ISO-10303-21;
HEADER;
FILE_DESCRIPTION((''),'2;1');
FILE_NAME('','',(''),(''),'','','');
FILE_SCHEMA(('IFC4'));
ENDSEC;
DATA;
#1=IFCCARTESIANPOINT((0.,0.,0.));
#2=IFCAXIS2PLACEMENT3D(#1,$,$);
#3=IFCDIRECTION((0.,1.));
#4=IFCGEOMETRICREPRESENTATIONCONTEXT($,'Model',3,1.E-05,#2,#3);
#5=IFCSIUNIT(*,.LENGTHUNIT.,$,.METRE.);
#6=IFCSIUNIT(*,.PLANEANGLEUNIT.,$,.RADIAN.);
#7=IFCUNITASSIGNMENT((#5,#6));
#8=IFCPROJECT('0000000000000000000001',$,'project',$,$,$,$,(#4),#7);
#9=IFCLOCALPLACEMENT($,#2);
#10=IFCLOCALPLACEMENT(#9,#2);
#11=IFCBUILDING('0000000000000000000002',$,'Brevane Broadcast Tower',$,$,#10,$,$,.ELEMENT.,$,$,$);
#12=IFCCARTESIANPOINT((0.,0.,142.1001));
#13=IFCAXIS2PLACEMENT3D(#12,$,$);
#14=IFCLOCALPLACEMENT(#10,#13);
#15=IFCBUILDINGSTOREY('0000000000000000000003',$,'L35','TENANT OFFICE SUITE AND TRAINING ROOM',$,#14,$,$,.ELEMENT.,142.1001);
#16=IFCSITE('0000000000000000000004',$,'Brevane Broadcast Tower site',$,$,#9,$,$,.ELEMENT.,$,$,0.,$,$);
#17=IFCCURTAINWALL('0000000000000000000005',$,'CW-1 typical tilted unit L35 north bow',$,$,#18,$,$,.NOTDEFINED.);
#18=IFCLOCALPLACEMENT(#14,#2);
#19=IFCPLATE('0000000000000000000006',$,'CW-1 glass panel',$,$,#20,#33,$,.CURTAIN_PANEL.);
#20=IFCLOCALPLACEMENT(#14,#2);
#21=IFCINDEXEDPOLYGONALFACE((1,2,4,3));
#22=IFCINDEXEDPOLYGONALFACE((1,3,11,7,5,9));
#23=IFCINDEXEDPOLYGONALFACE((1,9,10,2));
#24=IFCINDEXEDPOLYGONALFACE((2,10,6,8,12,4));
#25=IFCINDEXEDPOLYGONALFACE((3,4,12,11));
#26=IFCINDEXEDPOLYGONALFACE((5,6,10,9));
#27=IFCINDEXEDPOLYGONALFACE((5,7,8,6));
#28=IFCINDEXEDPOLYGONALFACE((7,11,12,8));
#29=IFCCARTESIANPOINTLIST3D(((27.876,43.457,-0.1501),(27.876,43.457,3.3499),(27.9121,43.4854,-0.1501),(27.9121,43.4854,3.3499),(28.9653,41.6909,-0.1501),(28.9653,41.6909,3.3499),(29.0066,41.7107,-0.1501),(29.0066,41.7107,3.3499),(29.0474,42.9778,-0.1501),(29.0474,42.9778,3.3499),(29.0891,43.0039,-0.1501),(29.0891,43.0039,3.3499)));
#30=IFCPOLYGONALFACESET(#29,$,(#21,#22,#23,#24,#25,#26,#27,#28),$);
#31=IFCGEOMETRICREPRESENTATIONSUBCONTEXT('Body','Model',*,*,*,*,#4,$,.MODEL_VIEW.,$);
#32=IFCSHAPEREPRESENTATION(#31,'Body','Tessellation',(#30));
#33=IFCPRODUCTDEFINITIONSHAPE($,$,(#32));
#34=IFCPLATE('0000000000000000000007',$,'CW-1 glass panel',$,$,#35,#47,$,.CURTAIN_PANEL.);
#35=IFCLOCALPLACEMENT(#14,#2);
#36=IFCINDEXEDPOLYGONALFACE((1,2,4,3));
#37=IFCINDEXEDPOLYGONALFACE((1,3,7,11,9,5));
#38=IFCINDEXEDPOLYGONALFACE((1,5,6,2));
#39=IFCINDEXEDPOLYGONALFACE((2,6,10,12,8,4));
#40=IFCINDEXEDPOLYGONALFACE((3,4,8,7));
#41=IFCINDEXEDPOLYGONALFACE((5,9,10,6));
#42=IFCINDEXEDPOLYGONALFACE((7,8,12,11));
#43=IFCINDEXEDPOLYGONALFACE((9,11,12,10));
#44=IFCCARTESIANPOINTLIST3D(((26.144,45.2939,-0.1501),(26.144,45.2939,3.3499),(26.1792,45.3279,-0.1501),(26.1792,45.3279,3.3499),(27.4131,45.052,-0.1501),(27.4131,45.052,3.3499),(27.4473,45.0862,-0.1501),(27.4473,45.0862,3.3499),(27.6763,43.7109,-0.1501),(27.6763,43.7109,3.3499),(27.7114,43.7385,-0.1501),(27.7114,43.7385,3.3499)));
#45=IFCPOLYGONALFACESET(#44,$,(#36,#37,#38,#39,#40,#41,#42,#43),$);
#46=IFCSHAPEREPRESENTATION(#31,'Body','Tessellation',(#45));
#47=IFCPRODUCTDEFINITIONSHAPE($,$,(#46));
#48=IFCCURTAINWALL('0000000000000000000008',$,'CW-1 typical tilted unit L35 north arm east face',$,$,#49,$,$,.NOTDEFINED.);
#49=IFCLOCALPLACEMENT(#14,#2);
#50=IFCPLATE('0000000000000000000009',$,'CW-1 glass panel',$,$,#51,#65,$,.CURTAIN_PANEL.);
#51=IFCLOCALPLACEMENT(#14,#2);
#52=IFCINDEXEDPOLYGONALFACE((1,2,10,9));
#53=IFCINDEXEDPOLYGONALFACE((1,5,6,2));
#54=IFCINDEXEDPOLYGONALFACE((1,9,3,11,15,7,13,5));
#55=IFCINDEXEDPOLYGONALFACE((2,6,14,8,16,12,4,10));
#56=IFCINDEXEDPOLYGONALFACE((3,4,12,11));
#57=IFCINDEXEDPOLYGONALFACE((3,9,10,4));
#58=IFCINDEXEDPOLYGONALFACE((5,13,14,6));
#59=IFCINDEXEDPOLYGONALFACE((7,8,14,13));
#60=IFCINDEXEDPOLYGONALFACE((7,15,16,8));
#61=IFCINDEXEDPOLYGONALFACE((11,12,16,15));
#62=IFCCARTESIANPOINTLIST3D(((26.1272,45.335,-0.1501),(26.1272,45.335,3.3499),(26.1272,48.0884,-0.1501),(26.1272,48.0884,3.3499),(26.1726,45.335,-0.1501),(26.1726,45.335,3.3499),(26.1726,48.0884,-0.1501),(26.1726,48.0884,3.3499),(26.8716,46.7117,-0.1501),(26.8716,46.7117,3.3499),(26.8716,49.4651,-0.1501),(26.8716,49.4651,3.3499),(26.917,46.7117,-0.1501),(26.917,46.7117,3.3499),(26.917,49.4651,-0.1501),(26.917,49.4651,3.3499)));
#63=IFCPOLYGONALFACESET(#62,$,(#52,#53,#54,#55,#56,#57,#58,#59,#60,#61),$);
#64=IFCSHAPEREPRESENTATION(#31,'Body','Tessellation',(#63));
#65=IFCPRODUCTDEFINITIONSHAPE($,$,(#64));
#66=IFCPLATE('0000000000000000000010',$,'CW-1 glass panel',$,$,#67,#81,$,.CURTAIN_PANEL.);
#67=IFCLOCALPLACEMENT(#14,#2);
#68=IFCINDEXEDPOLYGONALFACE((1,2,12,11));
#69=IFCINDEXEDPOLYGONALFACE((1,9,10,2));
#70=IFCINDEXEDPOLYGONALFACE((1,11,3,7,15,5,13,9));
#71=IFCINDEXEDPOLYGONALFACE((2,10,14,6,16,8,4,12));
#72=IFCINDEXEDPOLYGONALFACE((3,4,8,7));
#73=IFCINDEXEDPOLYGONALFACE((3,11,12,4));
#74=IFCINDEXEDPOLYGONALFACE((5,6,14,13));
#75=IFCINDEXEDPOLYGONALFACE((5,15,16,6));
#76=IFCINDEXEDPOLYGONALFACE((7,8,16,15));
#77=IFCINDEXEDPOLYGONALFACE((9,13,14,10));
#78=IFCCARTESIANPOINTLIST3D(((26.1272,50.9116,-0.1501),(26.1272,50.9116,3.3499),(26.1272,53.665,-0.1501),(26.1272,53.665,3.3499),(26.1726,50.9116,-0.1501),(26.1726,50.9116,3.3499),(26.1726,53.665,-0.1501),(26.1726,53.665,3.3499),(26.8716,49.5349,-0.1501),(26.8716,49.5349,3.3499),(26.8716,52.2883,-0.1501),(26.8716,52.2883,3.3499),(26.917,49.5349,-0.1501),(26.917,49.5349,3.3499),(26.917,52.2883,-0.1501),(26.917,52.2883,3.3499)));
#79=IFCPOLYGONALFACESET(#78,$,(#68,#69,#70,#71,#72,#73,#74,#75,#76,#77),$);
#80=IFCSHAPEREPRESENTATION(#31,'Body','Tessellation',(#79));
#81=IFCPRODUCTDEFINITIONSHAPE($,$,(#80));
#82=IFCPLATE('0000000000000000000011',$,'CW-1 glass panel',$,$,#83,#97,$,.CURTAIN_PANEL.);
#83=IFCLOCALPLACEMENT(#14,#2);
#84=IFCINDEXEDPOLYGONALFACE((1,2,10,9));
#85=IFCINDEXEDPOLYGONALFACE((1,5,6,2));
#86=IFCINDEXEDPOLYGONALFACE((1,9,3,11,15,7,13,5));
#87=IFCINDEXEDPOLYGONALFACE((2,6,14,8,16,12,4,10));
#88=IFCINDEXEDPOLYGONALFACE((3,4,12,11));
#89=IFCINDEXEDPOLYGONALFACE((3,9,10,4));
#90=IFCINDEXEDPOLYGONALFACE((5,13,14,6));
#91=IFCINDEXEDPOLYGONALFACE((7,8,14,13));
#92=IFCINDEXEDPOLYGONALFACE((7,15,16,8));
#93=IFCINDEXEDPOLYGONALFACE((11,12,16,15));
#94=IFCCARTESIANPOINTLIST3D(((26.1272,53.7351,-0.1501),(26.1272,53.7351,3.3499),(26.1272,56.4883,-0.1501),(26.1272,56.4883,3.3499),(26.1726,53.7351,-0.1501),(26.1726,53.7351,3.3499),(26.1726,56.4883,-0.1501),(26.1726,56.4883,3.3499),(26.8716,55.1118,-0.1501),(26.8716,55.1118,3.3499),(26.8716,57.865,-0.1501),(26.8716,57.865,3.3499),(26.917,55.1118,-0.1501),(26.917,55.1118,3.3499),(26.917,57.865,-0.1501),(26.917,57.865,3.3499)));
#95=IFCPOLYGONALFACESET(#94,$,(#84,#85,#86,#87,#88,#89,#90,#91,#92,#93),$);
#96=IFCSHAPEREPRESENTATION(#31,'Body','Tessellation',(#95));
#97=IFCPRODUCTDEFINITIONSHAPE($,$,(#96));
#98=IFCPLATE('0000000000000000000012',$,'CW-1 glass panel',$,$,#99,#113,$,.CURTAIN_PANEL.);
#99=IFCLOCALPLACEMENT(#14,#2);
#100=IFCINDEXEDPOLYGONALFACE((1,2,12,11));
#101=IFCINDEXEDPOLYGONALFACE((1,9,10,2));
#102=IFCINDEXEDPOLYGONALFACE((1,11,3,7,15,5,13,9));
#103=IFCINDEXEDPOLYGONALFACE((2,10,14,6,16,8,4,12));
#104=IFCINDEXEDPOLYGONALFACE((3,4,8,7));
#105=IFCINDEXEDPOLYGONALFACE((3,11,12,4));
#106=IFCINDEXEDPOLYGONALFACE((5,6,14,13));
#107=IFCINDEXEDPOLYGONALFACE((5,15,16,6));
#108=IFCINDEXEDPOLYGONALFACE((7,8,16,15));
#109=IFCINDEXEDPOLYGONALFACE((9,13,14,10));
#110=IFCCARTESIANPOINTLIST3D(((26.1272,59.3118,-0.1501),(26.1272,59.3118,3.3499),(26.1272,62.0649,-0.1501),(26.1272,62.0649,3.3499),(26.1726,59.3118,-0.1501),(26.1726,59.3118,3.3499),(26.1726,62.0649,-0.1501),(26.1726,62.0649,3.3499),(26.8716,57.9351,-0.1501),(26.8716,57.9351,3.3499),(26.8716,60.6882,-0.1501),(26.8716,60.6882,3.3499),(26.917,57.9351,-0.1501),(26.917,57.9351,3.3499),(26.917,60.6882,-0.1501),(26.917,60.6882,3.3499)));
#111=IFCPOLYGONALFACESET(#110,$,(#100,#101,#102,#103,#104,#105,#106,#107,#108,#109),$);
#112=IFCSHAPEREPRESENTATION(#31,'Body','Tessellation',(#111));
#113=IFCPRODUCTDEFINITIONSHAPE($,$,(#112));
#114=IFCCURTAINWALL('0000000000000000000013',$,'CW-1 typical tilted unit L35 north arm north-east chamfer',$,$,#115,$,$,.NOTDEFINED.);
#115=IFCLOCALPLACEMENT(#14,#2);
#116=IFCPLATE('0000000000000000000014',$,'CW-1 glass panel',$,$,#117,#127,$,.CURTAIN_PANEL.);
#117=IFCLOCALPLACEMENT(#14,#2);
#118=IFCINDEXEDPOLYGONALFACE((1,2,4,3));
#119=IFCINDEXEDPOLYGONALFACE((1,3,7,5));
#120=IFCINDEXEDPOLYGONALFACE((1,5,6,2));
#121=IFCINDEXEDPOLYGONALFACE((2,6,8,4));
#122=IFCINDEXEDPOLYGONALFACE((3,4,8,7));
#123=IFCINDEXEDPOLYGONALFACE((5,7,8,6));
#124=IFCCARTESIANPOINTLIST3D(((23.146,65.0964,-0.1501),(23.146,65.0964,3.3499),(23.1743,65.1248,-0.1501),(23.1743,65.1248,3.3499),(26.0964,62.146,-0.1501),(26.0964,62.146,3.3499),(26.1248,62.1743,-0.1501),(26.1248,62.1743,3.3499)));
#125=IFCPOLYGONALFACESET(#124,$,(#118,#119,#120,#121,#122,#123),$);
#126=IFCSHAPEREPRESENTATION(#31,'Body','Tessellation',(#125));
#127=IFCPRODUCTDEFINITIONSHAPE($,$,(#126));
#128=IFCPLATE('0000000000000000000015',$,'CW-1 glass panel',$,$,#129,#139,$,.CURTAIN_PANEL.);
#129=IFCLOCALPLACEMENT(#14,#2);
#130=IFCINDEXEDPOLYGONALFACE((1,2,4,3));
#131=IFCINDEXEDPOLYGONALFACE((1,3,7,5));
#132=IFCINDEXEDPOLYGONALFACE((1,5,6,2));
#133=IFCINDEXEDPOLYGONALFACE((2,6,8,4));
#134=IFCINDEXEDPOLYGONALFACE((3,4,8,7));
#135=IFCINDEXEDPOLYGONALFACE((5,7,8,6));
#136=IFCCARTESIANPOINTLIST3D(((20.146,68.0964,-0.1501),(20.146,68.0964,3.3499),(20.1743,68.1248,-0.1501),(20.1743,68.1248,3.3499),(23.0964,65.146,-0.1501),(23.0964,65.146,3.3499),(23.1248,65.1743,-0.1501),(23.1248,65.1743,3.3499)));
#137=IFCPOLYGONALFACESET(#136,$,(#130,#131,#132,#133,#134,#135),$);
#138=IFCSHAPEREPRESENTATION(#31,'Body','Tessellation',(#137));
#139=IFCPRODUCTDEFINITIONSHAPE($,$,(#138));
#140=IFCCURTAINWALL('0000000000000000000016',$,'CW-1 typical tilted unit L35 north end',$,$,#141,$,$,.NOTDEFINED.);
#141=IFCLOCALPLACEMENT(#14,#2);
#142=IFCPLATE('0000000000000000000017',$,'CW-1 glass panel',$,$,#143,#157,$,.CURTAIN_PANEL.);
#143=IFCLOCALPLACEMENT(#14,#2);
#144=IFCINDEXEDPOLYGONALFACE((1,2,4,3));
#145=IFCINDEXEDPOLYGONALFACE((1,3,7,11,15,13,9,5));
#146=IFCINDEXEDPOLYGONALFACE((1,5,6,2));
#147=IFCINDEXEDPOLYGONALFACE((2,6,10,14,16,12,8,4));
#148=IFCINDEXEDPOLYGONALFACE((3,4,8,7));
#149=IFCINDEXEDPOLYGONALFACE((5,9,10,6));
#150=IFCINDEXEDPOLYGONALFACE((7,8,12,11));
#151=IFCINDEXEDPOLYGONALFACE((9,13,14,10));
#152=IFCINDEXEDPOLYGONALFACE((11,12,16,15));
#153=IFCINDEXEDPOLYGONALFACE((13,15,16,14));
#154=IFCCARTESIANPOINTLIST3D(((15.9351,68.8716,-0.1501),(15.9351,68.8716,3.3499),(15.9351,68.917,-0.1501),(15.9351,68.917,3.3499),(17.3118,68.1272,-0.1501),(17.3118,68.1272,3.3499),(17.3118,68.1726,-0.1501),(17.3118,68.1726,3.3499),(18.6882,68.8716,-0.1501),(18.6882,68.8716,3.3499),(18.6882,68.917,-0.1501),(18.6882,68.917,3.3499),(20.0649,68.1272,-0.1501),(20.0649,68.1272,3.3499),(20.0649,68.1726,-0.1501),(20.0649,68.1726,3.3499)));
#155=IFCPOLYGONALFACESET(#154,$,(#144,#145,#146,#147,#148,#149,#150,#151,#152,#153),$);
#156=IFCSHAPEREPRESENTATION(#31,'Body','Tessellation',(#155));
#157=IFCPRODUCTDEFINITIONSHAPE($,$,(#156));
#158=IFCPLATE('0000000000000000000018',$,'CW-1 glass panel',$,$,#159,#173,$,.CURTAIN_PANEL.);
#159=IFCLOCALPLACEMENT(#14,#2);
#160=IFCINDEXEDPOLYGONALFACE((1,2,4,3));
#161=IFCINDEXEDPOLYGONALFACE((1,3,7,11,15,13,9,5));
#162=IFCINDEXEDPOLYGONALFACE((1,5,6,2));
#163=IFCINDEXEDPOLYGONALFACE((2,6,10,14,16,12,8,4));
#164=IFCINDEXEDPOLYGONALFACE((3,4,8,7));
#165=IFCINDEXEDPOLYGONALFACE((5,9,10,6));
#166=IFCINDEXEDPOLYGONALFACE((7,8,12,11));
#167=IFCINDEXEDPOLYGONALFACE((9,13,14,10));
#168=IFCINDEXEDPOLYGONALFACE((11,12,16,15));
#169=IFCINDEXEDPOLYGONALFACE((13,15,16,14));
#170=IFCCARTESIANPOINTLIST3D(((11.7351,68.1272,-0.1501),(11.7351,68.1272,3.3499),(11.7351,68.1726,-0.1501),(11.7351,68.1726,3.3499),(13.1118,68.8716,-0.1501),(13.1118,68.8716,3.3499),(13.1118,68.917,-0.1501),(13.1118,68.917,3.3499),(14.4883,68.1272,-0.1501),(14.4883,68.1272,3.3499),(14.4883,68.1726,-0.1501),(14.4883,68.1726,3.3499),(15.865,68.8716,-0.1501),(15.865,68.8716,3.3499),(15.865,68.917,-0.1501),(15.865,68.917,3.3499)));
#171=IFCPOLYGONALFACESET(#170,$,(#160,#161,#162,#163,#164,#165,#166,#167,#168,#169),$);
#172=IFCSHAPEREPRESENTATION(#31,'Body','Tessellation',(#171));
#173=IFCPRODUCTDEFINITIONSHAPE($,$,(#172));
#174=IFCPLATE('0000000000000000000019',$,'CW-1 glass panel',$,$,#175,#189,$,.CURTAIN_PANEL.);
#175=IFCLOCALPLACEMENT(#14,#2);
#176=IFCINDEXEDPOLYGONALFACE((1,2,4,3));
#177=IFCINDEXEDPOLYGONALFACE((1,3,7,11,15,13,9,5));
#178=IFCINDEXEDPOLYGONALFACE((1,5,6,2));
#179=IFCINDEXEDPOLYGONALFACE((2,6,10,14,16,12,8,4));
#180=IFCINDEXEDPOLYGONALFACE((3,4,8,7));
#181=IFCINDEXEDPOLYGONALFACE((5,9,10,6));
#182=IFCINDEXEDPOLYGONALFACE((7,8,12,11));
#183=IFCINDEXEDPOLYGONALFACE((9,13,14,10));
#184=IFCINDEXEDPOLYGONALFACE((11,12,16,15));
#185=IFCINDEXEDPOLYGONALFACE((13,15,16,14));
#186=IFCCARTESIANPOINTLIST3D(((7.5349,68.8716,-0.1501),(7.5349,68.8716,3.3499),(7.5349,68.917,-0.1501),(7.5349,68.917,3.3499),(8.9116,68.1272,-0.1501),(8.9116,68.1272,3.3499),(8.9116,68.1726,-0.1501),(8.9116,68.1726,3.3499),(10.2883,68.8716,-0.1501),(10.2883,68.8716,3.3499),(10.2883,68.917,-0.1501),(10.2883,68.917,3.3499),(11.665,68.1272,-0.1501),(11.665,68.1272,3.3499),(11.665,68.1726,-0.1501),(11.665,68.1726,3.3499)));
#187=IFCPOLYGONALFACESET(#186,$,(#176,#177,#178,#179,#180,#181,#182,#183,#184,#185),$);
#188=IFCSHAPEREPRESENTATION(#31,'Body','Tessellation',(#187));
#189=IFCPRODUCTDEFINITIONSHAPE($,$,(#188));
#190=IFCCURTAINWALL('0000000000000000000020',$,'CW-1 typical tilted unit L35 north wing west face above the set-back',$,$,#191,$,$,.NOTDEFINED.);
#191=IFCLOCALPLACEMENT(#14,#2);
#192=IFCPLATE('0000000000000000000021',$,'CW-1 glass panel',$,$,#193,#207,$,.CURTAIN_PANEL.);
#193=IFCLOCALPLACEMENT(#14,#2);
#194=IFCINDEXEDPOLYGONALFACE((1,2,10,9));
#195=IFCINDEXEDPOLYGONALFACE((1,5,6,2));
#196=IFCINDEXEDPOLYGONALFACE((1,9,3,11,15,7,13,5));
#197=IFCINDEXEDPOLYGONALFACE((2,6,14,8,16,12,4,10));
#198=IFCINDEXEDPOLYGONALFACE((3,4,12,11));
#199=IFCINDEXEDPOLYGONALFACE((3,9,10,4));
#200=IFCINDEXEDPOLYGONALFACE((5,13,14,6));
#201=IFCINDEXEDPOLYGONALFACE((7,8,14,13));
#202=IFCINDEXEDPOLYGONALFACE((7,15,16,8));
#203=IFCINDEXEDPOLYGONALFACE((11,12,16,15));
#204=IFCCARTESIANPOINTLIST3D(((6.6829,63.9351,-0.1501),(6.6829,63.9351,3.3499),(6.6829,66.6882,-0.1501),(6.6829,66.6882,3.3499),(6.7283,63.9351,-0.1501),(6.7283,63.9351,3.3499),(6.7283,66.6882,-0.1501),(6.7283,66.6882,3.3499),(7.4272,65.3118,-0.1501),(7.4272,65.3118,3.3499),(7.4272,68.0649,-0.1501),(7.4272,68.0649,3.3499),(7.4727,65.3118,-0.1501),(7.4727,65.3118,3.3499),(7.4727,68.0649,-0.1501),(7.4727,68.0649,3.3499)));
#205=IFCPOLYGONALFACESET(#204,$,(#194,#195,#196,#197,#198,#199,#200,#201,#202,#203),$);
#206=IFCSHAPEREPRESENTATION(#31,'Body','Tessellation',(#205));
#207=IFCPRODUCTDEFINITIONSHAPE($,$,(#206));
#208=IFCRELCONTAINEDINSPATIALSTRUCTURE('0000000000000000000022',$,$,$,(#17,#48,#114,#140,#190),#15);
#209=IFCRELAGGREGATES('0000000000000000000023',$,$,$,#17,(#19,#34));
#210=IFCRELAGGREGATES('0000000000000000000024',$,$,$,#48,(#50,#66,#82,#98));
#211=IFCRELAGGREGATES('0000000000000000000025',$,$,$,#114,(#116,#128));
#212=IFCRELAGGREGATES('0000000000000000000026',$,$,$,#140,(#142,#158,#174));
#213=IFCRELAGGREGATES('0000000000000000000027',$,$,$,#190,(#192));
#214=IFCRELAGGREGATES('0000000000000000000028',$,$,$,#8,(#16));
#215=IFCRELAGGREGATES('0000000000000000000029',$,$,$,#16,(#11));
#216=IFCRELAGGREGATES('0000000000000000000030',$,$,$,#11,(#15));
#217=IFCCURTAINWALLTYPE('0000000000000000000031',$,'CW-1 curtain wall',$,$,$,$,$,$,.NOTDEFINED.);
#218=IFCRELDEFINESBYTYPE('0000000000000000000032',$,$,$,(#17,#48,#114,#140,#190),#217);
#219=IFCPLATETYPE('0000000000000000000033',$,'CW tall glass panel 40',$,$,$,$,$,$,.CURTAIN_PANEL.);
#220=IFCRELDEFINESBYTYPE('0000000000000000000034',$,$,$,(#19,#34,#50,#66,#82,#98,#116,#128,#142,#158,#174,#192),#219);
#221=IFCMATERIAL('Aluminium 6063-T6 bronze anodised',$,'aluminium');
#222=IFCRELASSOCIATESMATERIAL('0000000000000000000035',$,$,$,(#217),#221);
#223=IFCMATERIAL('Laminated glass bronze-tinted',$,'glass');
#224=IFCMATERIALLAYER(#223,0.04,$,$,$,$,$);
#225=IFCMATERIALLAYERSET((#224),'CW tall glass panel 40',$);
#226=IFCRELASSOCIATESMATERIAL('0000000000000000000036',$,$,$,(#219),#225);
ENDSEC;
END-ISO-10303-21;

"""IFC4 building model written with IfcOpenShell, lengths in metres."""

from ifc_helpers import new_model, si_unit, direction, frame, origin, place, context, subcontext, project, spatial, polyline, outline, extrude, material, layer, layer_set, type_object, element, aggregate, save


model = new_model("IFC4")

# Units and contexts
model_context = context("Model", 3, precision=1e-05, world=origin(), true_north=direction((0.0, 1.0)))
body_context = subcontext(model_context, "Body", "Model", "MODEL_VIEW")
ifc_project = project(units=[si_unit("LENGTHUNIT", "METRE"), si_unit("PLANEANGLEUNIT", "RADIAN")], contexts=[model_context])

# Site, building, storey
site_placement = place(None, origin())
site = spatial("IfcSite", under=ifc_project, at=site_placement, Name="Brevane Broadcast Tower site", CompositionType="ELEMENT", RefElevation=0.0)
building_placement = place(site_placement, origin())
building = spatial("IfcBuilding", under=site, at=building_placement, Name="Brevane Broadcast Tower", CompositionType="ELEMENT")
storey_placement = place(building_placement, frame((0.0, 0.0, 142.1001)))
storey = spatial("IfcBuildingStorey", under=building, at=storey_placement, Name="L35", Description="TENANT OFFICE SUITE AND TRAINING ROOM", CompositionType="ELEMENT", Elevation=142.1001)

# Shared definitions
ifc_material_1 = material(Name="Aluminium 6063-T6 bronze anodised", Category="aluminium")
curtain_wall_type = type_object("IfcCurtainWallType", Name="CW-1 curtain wall", PredefinedType="NOTDEFINED", material=ifc_material_1)

# Curtain walls, plates
ifc_material_2 = material(Name="Laminated glass bronze-tinted", Category="glass")
ifc_layer = layer(ifc_material_2, 0.04)
ifc_layer_set = layer_set([ifc_layer], Name="CW tall glass panel 40")
plate_type = type_object("IfcPlateType", Name="CW tall glass panel 40", PredefinedType="CURTAIN_PANEL", material=ifc_layer_set)
curtain_wall_1_placement = place(storey_placement, origin())
curtain_wall_1 = element("IfcCurtainWall", 1, at=curtain_wall_1_placement, inside=storey, type_object=curtain_wall_type, Name="CW-1 typical tilted unit L35 north bow", PredefinedType="NOTDEFINED")
plate_1_placement = place(storey_placement, frame((0.0, 0.0, -0.1501)))
plate_1 = element("IfcPlate", 2, at=plate_1_placement, type_object=plate_type, Name="CW-1 glass panel", PredefinedType="CURTAIN_PANEL", context=body_context, shape_type="SweptSolid", body=[
    extrude(outline(polyline([(28.9653, 41.6909), (29.0066, 41.7107), (29.0891, 43.0039), (27.9121, 43.4854), (27.876, 43.457), (29.0474, 42.9778), (28.9653, 41.6909)])), origin(), (0.0, 0.0, 1.0), 3.5),
])
plate_2_placement = place(storey_placement, frame((0.0, 0.0, -0.1501)))
plate_2 = element("IfcPlate", 3, at=plate_2_placement, type_object=plate_type, Name="CW-1 glass panel", PredefinedType="CURTAIN_PANEL", context=body_context, shape_type="SweptSolid", body=[
    extrude(outline(polyline([(27.6763, 43.7109), (27.7114, 43.7385), (27.4473, 45.0862), (26.1792, 45.3279), (26.144, 45.2939), (27.4131, 45.052), (27.6763, 43.7109)])), origin(), (0.0, 0.0, 1.0), 3.5),
])
aggregate(curtain_wall_1, [plate_1, plate_2])
curtain_wall_2_placement = place(storey_placement, origin())
curtain_wall_2 = element("IfcCurtainWall", 4, at=curtain_wall_2_placement, inside=storey, type_object=curtain_wall_type, Name="CW-1 typical tilted unit L35 north arm east face", PredefinedType="NOTDEFINED")
plate_3_placement = place(storey_placement, frame((0.0, 0.0, -0.1501)))
plate_3 = element("IfcPlate", 5, at=plate_3_placement, type_object=plate_type, Name="CW-1 glass panel", PredefinedType="CURTAIN_PANEL", context=body_context, shape_type="SweptSolid", body=[
    extrude(outline(polyline([(26.1272, 45.335), (26.1726, 45.335), (26.917, 46.7117), (26.1726, 48.0884), (26.917, 49.4651), (26.8716, 49.4651), (26.1272, 48.0884), (26.8716, 46.7117), (26.1272, 45.335)])), origin(), (0.0, 0.0, 1.0), 3.5),
])
plate_4_placement = place(storey_placement, frame((0.0, 0.0, -0.1501)))
plate_4 = element("IfcPlate", 6, at=plate_4_placement, type_object=plate_type, Name="CW-1 glass panel", PredefinedType="CURTAIN_PANEL", context=body_context, shape_type="SweptSolid", body=[
    extrude(outline(polyline([(26.8716, 49.5349), (26.917, 49.5349), (26.1726, 50.9116), (26.917, 52.2883), (26.1726, 53.665), (26.1272, 53.665), (26.8716, 52.2883), (26.1272, 50.9116), (26.8716, 49.5349)])), origin(), (0.0, 0.0, 1.0), 3.5),
])
plate_5_placement = place(storey_placement, frame((0.0, 0.0, -0.1501)))
plate_5 = element("IfcPlate", 7, at=plate_5_placement, type_object=plate_type, Name="CW-1 glass panel", PredefinedType="CURTAIN_PANEL", context=body_context, shape_type="SweptSolid", body=[
    extrude(outline(polyline([(26.1272, 53.7351), (26.1726, 53.7351), (26.917, 55.1118), (26.1726, 56.4883), (26.917, 57.865), (26.8716, 57.865), (26.1272, 56.4883), (26.8716, 55.1118), (26.1272, 53.7351)])), origin(), (0.0, 0.0, 1.0), 3.5),
])
plate_6_placement = place(storey_placement, frame((0.0, 0.0, -0.1501)))
plate_6 = element("IfcPlate", 8, at=plate_6_placement, type_object=plate_type, Name="CW-1 glass panel", PredefinedType="CURTAIN_PANEL", context=body_context, shape_type="SweptSolid", body=[
    extrude(outline(polyline([(26.8716, 57.9351), (26.917, 57.9351), (26.1726, 59.3118), (26.917, 60.6882), (26.1726, 62.0649), (26.1272, 62.0649), (26.8716, 60.6882), (26.1272, 59.3118), (26.8716, 57.9351)])), origin(), (0.0, 0.0, 1.0), 3.5),
])
aggregate(curtain_wall_2, [plate_3, plate_4, plate_5, plate_6])
curtain_wall_3_placement = place(storey_placement, origin())
curtain_wall_3 = element("IfcCurtainWall", 9, at=curtain_wall_3_placement, inside=storey, type_object=curtain_wall_type, Name="CW-1 typical tilted unit L35 north arm north-east chamfer", PredefinedType="NOTDEFINED")
plate_7_placement = place(storey_placement, frame((0.0, 0.0, -0.1501)))
plate_7 = element("IfcPlate", 10, at=plate_7_placement, type_object=plate_type, Name="CW-1 glass panel", PredefinedType="CURTAIN_PANEL", context=body_context, shape_type="SweptSolid", body=[
    extrude(outline(polyline([(26.0964, 62.146), (23.146, 65.0964), (23.1743, 65.1248), (26.1248, 62.1743), (26.0964, 62.146)])), origin(), (0.0, 0.0, 1.0), 3.5),
])
plate_8_placement = place(storey_placement, frame((0.0, 0.0, -0.1501)))
plate_8 = element("IfcPlate", 11, at=plate_8_placement, type_object=plate_type, Name="CW-1 glass panel", PredefinedType="CURTAIN_PANEL", context=body_context, shape_type="SweptSolid", body=[
    extrude(outline(polyline([(23.0964, 65.146), (20.146, 68.0964), (20.1743, 68.1248), (23.1248, 65.1743), (23.0964, 65.146)])), origin(), (0.0, 0.0, 1.0), 3.5),
])
aggregate(curtain_wall_3, [plate_7, plate_8])
curtain_wall_4_placement = place(storey_placement, origin())
curtain_wall_4 = element("IfcCurtainWall", 12, at=curtain_wall_4_placement, inside=storey, type_object=curtain_wall_type, Name="CW-1 typical tilted unit L35 north end", PredefinedType="NOTDEFINED")
plate_9_placement = place(storey_placement, frame((0.0, 0.0, -0.1501)))
plate_9 = element("IfcPlate", 13, at=plate_9_placement, type_object=plate_type, Name="CW-1 glass panel", PredefinedType="CURTAIN_PANEL", context=body_context, shape_type="SweptSolid", body=[
    extrude(outline(polyline([(20.0649, 68.1272), (20.0649, 68.1726), (18.6882, 68.917), (17.3118, 68.1726), (15.9351, 68.917), (15.9351, 68.8716), (17.3118, 68.1272), (18.6882, 68.8716), (20.0649, 68.1272)])), origin(), (0.0, 0.0, 1.0), 3.5),
])
plate_10_placement = place(storey_placement, frame((0.0, 0.0, -0.1501)))
plate_10 = element("IfcPlate", 14, at=plate_10_placement, type_object=plate_type, Name="CW-1 glass panel", PredefinedType="CURTAIN_PANEL", context=body_context, shape_type="SweptSolid", body=[
    extrude(outline(polyline([(15.865, 68.8716), (15.865, 68.917), (14.4883, 68.1726), (13.1118, 68.917), (11.7351, 68.1726), (11.7351, 68.1272), (13.1118, 68.8716), (14.4883, 68.1272), (15.865, 68.8716)])), origin(), (0.0, 0.0, 1.0), 3.5),
])
plate_11_placement = place(storey_placement, frame((0.0, 0.0, -0.1501)))
plate_11 = element("IfcPlate", 15, at=plate_11_placement, type_object=plate_type, Name="CW-1 glass panel", PredefinedType="CURTAIN_PANEL", context=body_context, shape_type="SweptSolid", body=[
    extrude(outline(polyline([(11.665, 68.1272), (11.665, 68.1726), (10.2883, 68.917), (8.9116, 68.1726), (7.5349, 68.917), (7.5349, 68.8716), (8.9116, 68.1272), (10.2883, 68.8716), (11.665, 68.1272)])), origin(), (0.0, 0.0, 1.0), 3.5),
])
aggregate(curtain_wall_4, [plate_9, plate_10, plate_11])
curtain_wall_5_placement = place(storey_placement, origin())
curtain_wall_5 = element("IfcCurtainWall", 16, at=curtain_wall_5_placement, inside=storey, type_object=curtain_wall_type, Name="CW-1 typical tilted unit L35 north wing west face above the set-back", PredefinedType="NOTDEFINED")
plate_12_placement = place(storey_placement, frame((0.0, 0.0, -0.1501)))
plate_12 = element("IfcPlate", 17, at=plate_12_placement, type_object=plate_type, Name="CW-1 glass panel", PredefinedType="CURTAIN_PANEL", context=body_context, shape_type="SweptSolid", body=[
    extrude(outline(polyline([(7.4727, 68.0649), (7.4272, 68.0649), (6.6829, 66.6882), (7.4272, 65.3118), (6.6829, 63.9351), (6.7283, 63.9351), (7.4727, 65.3118), (6.7283, 66.6882), (7.4727, 68.0649)])), origin(), (0.0, 0.0, 1.0), 3.5),
])
aggregate(curtain_wall_5, [plate_12])

save(model, "model.ifc")
